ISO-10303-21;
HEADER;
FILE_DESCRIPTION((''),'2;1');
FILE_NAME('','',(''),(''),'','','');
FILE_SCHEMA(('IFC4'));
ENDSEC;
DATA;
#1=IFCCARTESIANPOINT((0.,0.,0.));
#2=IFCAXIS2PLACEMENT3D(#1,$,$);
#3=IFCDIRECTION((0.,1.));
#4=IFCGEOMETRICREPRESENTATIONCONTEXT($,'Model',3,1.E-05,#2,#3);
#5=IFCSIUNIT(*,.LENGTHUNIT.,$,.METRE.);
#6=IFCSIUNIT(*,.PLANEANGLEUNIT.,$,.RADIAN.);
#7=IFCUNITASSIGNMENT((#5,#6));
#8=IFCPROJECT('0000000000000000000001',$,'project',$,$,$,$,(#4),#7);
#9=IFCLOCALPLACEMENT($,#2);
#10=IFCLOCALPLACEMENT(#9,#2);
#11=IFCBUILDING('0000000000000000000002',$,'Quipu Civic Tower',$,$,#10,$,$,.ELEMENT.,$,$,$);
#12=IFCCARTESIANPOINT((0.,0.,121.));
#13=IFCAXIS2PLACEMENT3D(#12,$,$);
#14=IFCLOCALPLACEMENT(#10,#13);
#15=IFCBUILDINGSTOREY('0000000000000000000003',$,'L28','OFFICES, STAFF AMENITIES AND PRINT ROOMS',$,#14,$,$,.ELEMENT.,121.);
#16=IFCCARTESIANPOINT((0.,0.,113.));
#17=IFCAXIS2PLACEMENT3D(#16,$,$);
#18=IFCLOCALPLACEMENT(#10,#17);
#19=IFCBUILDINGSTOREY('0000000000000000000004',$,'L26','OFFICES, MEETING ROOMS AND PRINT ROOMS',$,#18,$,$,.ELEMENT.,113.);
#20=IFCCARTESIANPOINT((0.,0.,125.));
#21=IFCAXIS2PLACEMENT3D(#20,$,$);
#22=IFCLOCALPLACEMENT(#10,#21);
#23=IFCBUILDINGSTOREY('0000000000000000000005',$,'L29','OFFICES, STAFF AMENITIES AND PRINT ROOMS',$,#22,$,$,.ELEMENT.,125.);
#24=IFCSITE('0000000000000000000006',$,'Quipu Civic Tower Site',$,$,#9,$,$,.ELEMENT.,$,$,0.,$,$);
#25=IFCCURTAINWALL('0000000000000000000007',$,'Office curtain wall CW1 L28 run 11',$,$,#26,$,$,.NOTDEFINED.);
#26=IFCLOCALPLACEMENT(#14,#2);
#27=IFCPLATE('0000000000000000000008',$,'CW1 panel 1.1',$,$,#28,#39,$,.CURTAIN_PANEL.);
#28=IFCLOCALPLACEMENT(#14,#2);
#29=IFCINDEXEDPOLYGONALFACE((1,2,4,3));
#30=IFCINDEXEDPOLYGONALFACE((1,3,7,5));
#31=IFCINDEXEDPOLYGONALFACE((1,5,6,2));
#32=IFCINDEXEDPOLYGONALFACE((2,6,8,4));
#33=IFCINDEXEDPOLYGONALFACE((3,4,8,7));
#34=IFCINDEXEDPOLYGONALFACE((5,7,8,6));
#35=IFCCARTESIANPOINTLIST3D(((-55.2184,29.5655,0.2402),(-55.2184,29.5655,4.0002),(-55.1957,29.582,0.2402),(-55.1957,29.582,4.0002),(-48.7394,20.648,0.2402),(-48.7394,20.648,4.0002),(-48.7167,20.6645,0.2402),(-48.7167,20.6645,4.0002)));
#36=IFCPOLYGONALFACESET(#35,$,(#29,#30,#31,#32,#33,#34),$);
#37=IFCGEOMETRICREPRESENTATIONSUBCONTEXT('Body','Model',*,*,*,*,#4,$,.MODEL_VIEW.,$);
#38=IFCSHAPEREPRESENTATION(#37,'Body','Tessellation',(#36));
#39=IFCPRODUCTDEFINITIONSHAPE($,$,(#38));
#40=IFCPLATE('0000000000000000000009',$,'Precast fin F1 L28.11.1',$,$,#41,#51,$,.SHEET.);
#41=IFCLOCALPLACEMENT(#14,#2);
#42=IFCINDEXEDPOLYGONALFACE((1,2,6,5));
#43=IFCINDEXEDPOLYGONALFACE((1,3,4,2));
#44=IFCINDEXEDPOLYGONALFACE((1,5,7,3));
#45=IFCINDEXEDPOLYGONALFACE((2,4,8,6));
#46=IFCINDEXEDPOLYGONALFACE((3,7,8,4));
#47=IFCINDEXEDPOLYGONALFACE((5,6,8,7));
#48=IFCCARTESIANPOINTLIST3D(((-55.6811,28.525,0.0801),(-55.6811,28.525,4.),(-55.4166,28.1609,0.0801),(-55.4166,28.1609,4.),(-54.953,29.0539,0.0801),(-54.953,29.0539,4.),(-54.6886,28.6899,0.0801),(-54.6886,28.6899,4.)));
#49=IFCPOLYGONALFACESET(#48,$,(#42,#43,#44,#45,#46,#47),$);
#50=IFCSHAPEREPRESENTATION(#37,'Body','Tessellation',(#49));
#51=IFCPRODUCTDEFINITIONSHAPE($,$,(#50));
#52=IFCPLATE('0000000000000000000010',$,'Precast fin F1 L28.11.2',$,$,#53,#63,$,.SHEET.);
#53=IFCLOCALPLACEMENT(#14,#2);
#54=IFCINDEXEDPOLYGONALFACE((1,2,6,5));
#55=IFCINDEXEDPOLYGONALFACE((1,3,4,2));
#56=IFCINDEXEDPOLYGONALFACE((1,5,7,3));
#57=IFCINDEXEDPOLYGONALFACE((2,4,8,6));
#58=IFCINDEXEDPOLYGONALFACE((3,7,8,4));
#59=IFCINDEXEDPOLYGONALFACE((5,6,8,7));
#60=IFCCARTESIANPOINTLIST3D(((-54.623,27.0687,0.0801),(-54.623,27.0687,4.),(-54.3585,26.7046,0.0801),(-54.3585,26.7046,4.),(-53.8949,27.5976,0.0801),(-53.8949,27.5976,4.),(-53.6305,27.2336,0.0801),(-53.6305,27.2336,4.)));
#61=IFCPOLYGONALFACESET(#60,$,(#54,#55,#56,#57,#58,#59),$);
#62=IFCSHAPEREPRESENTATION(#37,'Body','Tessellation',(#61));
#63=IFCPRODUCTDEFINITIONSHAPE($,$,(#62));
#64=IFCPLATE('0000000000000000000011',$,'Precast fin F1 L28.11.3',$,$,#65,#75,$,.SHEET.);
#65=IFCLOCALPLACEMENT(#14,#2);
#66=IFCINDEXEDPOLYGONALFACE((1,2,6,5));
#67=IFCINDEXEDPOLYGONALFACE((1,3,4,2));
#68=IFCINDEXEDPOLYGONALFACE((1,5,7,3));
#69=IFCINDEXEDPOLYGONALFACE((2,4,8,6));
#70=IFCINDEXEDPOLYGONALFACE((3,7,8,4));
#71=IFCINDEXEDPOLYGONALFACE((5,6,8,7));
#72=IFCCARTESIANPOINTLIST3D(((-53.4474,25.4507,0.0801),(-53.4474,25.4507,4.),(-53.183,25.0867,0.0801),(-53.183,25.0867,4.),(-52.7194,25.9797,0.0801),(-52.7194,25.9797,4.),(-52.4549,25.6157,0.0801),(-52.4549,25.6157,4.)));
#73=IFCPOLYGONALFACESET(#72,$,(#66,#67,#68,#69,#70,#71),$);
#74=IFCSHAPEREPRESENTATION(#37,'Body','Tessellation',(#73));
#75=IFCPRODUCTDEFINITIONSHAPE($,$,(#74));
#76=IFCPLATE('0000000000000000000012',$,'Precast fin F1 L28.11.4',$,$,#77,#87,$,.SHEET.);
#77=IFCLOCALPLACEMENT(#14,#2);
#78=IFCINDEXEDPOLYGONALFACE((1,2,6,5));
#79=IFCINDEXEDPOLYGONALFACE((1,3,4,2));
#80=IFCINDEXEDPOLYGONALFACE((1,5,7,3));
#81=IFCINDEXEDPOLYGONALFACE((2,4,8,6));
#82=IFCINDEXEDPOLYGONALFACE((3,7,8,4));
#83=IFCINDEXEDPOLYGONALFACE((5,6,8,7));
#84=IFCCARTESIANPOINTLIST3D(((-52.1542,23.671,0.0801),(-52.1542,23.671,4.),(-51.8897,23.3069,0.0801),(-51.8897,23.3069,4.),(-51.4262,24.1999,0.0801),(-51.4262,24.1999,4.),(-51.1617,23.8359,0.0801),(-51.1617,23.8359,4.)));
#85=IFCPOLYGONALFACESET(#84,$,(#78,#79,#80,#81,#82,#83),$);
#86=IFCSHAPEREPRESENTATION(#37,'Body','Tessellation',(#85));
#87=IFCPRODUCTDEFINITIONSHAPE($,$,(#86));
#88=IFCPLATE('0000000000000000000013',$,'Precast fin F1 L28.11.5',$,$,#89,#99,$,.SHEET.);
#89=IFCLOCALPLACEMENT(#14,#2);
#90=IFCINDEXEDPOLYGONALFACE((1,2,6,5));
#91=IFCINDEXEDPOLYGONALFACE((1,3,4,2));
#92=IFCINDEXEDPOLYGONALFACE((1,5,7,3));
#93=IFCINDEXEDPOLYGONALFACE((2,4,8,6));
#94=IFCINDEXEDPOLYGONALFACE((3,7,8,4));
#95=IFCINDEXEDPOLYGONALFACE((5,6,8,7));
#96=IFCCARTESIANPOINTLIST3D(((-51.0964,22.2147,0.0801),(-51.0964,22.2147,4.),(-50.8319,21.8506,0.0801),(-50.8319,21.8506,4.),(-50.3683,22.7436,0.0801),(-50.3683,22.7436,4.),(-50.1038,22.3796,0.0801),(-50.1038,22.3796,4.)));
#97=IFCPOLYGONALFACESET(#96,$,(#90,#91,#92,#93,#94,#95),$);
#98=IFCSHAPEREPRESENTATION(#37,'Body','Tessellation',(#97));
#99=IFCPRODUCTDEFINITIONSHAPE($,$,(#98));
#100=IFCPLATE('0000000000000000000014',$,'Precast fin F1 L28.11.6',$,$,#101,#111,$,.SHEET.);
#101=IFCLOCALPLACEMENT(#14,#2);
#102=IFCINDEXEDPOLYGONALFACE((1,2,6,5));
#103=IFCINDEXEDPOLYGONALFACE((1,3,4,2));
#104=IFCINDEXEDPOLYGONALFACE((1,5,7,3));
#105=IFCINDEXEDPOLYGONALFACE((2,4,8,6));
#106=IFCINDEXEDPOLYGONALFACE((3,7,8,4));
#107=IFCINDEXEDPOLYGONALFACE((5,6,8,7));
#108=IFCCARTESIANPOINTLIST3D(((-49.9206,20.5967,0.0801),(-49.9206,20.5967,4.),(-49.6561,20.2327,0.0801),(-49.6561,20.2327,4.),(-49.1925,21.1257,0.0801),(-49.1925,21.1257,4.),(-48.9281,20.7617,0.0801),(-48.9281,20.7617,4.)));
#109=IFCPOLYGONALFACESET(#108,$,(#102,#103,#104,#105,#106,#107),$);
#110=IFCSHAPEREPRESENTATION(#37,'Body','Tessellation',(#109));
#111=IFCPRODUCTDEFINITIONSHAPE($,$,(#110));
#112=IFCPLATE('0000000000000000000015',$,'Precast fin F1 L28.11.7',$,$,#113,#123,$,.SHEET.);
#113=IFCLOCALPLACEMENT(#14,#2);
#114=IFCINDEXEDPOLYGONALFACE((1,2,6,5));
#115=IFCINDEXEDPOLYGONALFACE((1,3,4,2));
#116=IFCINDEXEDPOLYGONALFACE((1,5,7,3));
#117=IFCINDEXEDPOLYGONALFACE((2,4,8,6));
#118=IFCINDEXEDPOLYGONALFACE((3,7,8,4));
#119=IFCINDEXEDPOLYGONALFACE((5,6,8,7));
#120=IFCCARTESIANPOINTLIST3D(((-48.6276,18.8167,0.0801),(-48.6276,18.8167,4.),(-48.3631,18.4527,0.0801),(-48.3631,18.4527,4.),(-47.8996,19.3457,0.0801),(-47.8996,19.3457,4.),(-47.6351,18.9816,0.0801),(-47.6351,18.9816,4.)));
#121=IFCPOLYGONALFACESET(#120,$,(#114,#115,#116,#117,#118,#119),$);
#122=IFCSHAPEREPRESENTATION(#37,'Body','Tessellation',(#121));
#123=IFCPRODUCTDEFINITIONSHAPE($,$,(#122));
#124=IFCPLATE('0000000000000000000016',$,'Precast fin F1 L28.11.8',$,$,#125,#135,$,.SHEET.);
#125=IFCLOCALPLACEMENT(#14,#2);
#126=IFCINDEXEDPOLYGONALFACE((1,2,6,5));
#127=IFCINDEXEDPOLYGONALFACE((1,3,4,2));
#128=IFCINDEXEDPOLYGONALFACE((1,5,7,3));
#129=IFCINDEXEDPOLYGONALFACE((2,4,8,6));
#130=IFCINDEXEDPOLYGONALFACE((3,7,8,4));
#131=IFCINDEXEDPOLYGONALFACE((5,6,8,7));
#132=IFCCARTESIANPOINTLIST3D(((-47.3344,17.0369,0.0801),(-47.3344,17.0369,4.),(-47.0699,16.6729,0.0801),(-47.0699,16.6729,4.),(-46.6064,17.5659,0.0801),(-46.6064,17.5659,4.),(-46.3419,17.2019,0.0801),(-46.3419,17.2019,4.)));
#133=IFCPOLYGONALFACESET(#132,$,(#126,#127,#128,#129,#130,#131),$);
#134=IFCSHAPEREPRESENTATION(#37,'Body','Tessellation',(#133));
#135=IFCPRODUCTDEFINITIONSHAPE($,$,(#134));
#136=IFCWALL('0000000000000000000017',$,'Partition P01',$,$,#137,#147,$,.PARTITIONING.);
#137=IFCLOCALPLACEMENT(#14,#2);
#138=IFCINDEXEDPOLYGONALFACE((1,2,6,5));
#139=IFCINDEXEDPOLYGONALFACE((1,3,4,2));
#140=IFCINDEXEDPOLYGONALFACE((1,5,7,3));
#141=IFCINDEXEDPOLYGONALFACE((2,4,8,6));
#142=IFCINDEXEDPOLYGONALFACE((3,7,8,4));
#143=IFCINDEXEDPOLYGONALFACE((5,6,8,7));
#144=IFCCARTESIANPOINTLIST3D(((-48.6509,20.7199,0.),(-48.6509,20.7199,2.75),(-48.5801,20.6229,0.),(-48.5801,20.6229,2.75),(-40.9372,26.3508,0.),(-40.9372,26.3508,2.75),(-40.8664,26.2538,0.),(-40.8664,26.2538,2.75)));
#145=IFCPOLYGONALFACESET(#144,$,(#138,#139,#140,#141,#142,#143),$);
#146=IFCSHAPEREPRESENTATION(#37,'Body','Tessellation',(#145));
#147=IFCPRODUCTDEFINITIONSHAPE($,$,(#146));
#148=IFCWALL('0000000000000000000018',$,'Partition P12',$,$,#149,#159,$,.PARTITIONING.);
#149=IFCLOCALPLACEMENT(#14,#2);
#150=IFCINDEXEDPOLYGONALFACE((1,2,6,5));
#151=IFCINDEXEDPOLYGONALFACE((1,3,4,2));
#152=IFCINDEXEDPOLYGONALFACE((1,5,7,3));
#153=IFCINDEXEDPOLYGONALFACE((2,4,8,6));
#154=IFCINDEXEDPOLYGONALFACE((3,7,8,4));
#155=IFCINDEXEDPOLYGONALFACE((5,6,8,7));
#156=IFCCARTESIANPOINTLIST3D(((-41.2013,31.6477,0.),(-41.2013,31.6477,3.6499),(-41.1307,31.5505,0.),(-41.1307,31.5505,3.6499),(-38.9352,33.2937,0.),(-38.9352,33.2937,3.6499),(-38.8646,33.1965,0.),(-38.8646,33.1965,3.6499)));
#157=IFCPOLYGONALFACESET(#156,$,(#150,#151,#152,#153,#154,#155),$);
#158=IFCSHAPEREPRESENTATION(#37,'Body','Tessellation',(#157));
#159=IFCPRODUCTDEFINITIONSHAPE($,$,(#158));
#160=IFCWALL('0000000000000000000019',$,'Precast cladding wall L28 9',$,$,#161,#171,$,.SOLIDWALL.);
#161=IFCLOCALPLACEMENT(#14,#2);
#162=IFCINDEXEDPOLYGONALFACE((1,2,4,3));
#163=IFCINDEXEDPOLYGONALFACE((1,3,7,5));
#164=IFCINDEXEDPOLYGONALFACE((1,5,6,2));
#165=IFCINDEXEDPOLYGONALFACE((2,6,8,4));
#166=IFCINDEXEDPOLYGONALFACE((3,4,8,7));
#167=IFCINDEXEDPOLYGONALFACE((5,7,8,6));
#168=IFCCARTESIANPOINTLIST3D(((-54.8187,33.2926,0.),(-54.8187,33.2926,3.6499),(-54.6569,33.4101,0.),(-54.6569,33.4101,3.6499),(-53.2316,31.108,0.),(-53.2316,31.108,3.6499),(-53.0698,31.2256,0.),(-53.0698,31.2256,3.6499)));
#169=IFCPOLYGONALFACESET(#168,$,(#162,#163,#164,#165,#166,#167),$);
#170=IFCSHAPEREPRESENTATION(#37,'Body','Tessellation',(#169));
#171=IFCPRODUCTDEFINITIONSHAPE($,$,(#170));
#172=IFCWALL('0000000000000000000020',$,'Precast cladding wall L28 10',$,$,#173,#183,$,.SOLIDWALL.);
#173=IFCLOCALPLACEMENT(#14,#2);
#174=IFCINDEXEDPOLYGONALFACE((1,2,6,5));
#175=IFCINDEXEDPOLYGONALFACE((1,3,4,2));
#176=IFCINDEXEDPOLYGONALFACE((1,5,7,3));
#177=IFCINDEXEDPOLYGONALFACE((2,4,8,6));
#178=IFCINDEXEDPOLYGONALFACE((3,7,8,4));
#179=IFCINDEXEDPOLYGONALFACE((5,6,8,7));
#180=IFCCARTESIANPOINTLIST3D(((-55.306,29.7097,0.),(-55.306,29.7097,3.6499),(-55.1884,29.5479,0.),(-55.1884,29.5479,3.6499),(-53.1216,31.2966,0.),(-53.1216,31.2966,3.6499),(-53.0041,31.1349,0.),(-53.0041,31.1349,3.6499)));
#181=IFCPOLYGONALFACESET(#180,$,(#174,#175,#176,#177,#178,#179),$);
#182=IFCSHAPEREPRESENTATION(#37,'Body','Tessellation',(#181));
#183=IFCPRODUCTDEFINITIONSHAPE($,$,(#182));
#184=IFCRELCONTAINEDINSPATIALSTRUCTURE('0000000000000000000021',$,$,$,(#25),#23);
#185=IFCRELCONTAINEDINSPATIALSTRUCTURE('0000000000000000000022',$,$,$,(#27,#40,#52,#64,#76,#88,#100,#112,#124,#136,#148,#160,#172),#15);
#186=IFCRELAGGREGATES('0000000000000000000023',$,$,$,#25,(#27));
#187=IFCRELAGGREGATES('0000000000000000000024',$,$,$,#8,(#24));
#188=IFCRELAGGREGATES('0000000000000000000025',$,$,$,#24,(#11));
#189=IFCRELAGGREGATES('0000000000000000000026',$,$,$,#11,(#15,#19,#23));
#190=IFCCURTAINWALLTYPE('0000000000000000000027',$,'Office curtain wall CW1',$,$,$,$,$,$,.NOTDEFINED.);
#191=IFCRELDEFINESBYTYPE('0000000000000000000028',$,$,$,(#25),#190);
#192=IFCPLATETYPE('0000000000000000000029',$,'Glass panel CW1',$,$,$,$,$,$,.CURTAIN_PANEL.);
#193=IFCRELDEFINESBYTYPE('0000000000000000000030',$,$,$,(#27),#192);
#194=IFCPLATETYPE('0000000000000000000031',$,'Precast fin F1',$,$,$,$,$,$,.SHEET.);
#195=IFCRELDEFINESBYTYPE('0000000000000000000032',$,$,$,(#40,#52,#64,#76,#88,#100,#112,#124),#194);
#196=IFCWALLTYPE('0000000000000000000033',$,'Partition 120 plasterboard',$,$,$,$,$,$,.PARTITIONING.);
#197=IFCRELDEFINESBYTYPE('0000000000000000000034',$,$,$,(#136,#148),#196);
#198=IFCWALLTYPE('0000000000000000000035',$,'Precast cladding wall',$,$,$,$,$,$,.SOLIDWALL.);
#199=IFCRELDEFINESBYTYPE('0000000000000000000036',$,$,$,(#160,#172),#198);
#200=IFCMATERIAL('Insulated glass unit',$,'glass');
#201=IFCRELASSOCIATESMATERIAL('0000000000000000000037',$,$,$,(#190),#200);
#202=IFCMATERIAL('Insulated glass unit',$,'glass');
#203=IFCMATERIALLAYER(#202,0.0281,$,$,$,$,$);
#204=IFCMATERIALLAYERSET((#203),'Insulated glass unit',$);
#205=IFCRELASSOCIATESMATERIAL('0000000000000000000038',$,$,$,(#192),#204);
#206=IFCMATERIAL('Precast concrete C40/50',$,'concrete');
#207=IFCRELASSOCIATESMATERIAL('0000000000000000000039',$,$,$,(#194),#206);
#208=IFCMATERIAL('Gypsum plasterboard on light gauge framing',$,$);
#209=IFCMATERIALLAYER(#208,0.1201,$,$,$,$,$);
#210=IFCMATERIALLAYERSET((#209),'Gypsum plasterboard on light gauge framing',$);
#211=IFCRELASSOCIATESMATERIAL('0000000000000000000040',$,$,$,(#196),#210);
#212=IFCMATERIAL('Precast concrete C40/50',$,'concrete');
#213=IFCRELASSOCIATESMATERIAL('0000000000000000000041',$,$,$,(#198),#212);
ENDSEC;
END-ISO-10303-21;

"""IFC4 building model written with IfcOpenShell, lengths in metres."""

from ifc_helpers import new_model, si_unit, direction, frame, frame_2d, origin, origin_2d, place, context, subcontext, project, spatial, rectangle, extrude, material, layer, layer_set, type_object, element, aggregate, save


model = new_model("IFC4")

# Units and contexts
model_context = context("Model", 3, precision=1e-05, world=origin(), true_north=direction((0.0, 1.0)))
body_context = subcontext(model_context, "Body", "Model", "MODEL_VIEW")
ifc_project = project(units=[si_unit("LENGTHUNIT", "METRE"), si_unit("PLANEANGLEUNIT", "RADIAN")], contexts=[model_context])

# Site, building, storey
site_placement = place(None, origin())
site = spatial("IfcSite", under=ifc_project, at=site_placement, Name="Quipu Civic Tower Site", CompositionType="ELEMENT", RefElevation=0.0)
building_placement = place(site_placement, origin())
building = spatial("IfcBuilding", under=site, at=building_placement, Name="Quipu Civic Tower", CompositionType="ELEMENT")
storey_1_placement = place(building_placement, frame((0.0, 0.0, 121.0)))
storey_1 = spatial("IfcBuildingStorey", under=building, at=storey_1_placement, Name="L28", Description="OFFICES, STAFF AMENITIES AND PRINT ROOMS", CompositionType="ELEMENT", Elevation=121.0)

# Shared definitions
storey_2_placement = place(building_placement, frame((0.0, 0.0, 113.0)))
storey_2 = spatial("IfcBuildingStorey", under=building, at=storey_2_placement, Name="L26", Description="OFFICES, MEETING ROOMS AND PRINT ROOMS", CompositionType="ELEMENT", Elevation=113.0)

# Shared definitions
ifc_material_1 = material(Name="Insulated glass unit", Category="glass")
curtain_wall_type = type_object("IfcCurtainWallType", Name="Office curtain wall CW1", PredefinedType="NOTDEFINED", material=ifc_material_1)

# Shared definitions
storey_3_placement = place(building_placement, frame((0.0, 0.0, 125.0)))
storey_3 = spatial("IfcBuildingStorey", under=building, at=storey_3_placement, Name="L29", Description="OFFICES, STAFF AMENITIES AND PRINT ROOMS", CompositionType="ELEMENT", Elevation=125.0)

# Curtain wall, plate
curtain_wall_1_placement = place(storey_3_placement, origin())
curtain_wall_1 = element("IfcCurtainWall", 1, at=curtain_wall_1_placement, inside=storey_3, type_object=curtain_wall_type, Name="Office curtain wall CW1 L28 run 11", PredefinedType="NOTDEFINED")
ifc_material_2 = material(Name="Insulated glass unit", Category="glass")
ifc_layer_1 = layer(ifc_material_2, 0.0281)
ifc_layer_set_1 = layer_set([ifc_layer_1], Name="Insulated glass unit")
plate_type_1 = type_object("IfcPlateType", Name="Glass panel CW1", PredefinedType="CURTAIN_PANEL", material=ifc_layer_set_1)
plate_placement = place(storey_1_placement, frame((-51.9675, 25.115, 0.2402), z_axis=(0.0, 0.0, 1.0), x_axis=(0.587786, -0.809017, 0.0)))
plate = element("IfcPlate", 2, at=plate_placement, inside=storey_1, type_object=plate_type_1, Name="CW1 panel 1.1", PredefinedType="CURTAIN_PANEL", context=body_context, shape_type="SweptSolid", body=[
    extrude(rectangle(XDim=11.0227, YDim=0.0281, at=origin_2d()), origin(), (0.0, 0.0, 1.0), 3.76),
])
aggregate(curtain_wall_1, [plate])

# Plates
ifc_material_3 = material(Name="Precast concrete C40/50", Category="concrete")
plate_type_2 = type_object("IfcPlateType", Name="Precast fin F1", PredefinedType="SHEET", material=ifc_material_3)
for number, where, z_axis, x_axis, name in (
    (3, (-55.1848, 28.6074, 0.0801), (0.0, 0.0, 1.0), (0.587786, -0.809017, 0.0), "Precast fin F1 L28.11.1"),
    (4, (-54.1267, 27.1511, 0.0801), (0.0, 0.0, 1.0), (0.587786, -0.809017, 0.0), "Precast fin F1 L28.11.2"),
    (5, (-52.9512, 25.5332, 0.0801), (0.0, 0.0, 1.0), (0.587786, -0.809017, 0.0), "Precast fin F1 L28.11.3"),
    (6, (-51.658, 23.7534, 0.0801), (0.0, 0.0, 1.0), (0.587786, -0.809017, 0.0), "Precast fin F1 L28.11.4"),
    (7, (-50.6001, 22.2971, 0.0801), (0.0, 0.0, 1.0), (0.587786, -0.809017, 0.0), "Precast fin F1 L28.11.5"),
    (8, (-49.4243, 20.6792, 0.0801), (0.0, 0.0, 1.0), (0.587786, -0.809017, 0.0), "Precast fin F1 L28.11.6"),
    (9, (-48.1313, 18.8992, 0.0801), (0.0, 0.0, 1.0), (0.587786, -0.809017, 0.0), "Precast fin F1 L28.11.7"),
    (10, (-46.8381, 17.1194, 0.0801), (0.0, 0.0, 1.0), (0.587786, -0.809017, 0.0), "Precast fin F1 L28.11.8"),
):
    element("IfcPlate", number, at=place(storey_1_placement, frame(where, z_axis=z_axis, x_axis=x_axis)), inside=storey_1, type_object=plate_type_2, Name=name, PredefinedType="SHEET", context=body_context, shape_type="SweptSolid", body=[
        extrude(rectangle(XDim=0.45, YDim=0.8999, at=origin_2d()), origin(), (0.0, 0.0, 1.0), 3.9199),
    ])

# Walls
ifc_material_4 = material(Name="Gypsum plasterboard on light gauge framing")
ifc_layer_2 = layer(ifc_material_4, 0.1201)
ifc_layer_set_2 = layer_set([ifc_layer_2], Name="Gypsum plasterboard on light gauge framing")
wall_type_1 = type_object("IfcWallType", Name="Partition 120 plasterboard", PredefinedType="PARTITIONING", material=ifc_layer_set_2)
wall_1_placement = place(storey_1_placement, frame((-48.6155, 20.6714, 0.0), z_axis=(0.0, 0.0, 1.0), x_axis=(0.807691, 0.589606, 0.0)))
element("IfcWall", 11, at=wall_1_placement, inside=storey_1, type_object=wall_type_1, Name="Partition P01", PredefinedType="PARTITIONING", context=body_context, shape_type="SweptSolid", body=[
    extrude(rectangle(XDim=9.5503, YDim=0.1201, at=frame_2d((4.7751, 0.0))), origin(), (0.0, 0.0, 1.0), 2.75),
])
wall_2_placement = place(storey_1_placement, frame((-41.166, 31.5991, 0.0), z_axis=(0.0, 0.0, 1.0), x_axis=(0.80909, 0.587684, 0.0)))
element("IfcWall", 12, at=wall_2_placement, inside=storey_1, type_object=wall_type_1, Name="Partition P12", PredefinedType="PARTITIONING", context=body_context, shape_type="SweptSolid", body=[
    extrude(rectangle(XDim=2.8008, YDim=0.1201, at=frame_2d((1.4004, 0.0))), origin(), (0.0, 0.0, 1.0), 3.6499),
])
ifc_material_5 = material(Name="Precast concrete C40/50", Category="concrete")
wall_type_2 = type_object("IfcWallType", Name="Precast cladding wall", PredefinedType="SOLIDWALL", material=ifc_material_5)
wall_3_placement = place(storey_1_placement, frame((-54.7378, 33.3513, 0.0), z_axis=(0.0, 0.0, 1.0), x_axis=(0.587779, -0.809021, 0.0)))
element("IfcWall", 13, at=wall_3_placement, inside=storey_1, type_object=wall_type_2, Name="Precast cladding wall L28 9", PredefinedType="SOLIDWALL", context=body_context, shape_type="SweptSolid", body=[
    extrude(rectangle(XDim=2.7002, YDim=0.2, at=frame_2d((1.3501, 0.0))), origin(), (0.0, 0.0, 1.0), 3.6499),
])
wall_4_placement = place(storey_1_placement, frame((-53.0627, 31.2158, 0.0), z_axis=(0.0, 0.0, 1.0), x_axis=(-0.809033, -0.587763, 0.0)))
element("IfcWall", 14, at=wall_4_placement, inside=storey_1, type_object=wall_type_2, Name="Precast cladding wall L28 10", PredefinedType="SOLIDWALL", context=body_context, shape_type="SweptSolid", body=[
    extrude(rectangle(XDim=2.7, YDim=0.2, at=frame_2d((1.3501, 0.0))), origin(), (0.0, 0.0, 1.0), 3.6499),
])

save(model, "model.ifc")
